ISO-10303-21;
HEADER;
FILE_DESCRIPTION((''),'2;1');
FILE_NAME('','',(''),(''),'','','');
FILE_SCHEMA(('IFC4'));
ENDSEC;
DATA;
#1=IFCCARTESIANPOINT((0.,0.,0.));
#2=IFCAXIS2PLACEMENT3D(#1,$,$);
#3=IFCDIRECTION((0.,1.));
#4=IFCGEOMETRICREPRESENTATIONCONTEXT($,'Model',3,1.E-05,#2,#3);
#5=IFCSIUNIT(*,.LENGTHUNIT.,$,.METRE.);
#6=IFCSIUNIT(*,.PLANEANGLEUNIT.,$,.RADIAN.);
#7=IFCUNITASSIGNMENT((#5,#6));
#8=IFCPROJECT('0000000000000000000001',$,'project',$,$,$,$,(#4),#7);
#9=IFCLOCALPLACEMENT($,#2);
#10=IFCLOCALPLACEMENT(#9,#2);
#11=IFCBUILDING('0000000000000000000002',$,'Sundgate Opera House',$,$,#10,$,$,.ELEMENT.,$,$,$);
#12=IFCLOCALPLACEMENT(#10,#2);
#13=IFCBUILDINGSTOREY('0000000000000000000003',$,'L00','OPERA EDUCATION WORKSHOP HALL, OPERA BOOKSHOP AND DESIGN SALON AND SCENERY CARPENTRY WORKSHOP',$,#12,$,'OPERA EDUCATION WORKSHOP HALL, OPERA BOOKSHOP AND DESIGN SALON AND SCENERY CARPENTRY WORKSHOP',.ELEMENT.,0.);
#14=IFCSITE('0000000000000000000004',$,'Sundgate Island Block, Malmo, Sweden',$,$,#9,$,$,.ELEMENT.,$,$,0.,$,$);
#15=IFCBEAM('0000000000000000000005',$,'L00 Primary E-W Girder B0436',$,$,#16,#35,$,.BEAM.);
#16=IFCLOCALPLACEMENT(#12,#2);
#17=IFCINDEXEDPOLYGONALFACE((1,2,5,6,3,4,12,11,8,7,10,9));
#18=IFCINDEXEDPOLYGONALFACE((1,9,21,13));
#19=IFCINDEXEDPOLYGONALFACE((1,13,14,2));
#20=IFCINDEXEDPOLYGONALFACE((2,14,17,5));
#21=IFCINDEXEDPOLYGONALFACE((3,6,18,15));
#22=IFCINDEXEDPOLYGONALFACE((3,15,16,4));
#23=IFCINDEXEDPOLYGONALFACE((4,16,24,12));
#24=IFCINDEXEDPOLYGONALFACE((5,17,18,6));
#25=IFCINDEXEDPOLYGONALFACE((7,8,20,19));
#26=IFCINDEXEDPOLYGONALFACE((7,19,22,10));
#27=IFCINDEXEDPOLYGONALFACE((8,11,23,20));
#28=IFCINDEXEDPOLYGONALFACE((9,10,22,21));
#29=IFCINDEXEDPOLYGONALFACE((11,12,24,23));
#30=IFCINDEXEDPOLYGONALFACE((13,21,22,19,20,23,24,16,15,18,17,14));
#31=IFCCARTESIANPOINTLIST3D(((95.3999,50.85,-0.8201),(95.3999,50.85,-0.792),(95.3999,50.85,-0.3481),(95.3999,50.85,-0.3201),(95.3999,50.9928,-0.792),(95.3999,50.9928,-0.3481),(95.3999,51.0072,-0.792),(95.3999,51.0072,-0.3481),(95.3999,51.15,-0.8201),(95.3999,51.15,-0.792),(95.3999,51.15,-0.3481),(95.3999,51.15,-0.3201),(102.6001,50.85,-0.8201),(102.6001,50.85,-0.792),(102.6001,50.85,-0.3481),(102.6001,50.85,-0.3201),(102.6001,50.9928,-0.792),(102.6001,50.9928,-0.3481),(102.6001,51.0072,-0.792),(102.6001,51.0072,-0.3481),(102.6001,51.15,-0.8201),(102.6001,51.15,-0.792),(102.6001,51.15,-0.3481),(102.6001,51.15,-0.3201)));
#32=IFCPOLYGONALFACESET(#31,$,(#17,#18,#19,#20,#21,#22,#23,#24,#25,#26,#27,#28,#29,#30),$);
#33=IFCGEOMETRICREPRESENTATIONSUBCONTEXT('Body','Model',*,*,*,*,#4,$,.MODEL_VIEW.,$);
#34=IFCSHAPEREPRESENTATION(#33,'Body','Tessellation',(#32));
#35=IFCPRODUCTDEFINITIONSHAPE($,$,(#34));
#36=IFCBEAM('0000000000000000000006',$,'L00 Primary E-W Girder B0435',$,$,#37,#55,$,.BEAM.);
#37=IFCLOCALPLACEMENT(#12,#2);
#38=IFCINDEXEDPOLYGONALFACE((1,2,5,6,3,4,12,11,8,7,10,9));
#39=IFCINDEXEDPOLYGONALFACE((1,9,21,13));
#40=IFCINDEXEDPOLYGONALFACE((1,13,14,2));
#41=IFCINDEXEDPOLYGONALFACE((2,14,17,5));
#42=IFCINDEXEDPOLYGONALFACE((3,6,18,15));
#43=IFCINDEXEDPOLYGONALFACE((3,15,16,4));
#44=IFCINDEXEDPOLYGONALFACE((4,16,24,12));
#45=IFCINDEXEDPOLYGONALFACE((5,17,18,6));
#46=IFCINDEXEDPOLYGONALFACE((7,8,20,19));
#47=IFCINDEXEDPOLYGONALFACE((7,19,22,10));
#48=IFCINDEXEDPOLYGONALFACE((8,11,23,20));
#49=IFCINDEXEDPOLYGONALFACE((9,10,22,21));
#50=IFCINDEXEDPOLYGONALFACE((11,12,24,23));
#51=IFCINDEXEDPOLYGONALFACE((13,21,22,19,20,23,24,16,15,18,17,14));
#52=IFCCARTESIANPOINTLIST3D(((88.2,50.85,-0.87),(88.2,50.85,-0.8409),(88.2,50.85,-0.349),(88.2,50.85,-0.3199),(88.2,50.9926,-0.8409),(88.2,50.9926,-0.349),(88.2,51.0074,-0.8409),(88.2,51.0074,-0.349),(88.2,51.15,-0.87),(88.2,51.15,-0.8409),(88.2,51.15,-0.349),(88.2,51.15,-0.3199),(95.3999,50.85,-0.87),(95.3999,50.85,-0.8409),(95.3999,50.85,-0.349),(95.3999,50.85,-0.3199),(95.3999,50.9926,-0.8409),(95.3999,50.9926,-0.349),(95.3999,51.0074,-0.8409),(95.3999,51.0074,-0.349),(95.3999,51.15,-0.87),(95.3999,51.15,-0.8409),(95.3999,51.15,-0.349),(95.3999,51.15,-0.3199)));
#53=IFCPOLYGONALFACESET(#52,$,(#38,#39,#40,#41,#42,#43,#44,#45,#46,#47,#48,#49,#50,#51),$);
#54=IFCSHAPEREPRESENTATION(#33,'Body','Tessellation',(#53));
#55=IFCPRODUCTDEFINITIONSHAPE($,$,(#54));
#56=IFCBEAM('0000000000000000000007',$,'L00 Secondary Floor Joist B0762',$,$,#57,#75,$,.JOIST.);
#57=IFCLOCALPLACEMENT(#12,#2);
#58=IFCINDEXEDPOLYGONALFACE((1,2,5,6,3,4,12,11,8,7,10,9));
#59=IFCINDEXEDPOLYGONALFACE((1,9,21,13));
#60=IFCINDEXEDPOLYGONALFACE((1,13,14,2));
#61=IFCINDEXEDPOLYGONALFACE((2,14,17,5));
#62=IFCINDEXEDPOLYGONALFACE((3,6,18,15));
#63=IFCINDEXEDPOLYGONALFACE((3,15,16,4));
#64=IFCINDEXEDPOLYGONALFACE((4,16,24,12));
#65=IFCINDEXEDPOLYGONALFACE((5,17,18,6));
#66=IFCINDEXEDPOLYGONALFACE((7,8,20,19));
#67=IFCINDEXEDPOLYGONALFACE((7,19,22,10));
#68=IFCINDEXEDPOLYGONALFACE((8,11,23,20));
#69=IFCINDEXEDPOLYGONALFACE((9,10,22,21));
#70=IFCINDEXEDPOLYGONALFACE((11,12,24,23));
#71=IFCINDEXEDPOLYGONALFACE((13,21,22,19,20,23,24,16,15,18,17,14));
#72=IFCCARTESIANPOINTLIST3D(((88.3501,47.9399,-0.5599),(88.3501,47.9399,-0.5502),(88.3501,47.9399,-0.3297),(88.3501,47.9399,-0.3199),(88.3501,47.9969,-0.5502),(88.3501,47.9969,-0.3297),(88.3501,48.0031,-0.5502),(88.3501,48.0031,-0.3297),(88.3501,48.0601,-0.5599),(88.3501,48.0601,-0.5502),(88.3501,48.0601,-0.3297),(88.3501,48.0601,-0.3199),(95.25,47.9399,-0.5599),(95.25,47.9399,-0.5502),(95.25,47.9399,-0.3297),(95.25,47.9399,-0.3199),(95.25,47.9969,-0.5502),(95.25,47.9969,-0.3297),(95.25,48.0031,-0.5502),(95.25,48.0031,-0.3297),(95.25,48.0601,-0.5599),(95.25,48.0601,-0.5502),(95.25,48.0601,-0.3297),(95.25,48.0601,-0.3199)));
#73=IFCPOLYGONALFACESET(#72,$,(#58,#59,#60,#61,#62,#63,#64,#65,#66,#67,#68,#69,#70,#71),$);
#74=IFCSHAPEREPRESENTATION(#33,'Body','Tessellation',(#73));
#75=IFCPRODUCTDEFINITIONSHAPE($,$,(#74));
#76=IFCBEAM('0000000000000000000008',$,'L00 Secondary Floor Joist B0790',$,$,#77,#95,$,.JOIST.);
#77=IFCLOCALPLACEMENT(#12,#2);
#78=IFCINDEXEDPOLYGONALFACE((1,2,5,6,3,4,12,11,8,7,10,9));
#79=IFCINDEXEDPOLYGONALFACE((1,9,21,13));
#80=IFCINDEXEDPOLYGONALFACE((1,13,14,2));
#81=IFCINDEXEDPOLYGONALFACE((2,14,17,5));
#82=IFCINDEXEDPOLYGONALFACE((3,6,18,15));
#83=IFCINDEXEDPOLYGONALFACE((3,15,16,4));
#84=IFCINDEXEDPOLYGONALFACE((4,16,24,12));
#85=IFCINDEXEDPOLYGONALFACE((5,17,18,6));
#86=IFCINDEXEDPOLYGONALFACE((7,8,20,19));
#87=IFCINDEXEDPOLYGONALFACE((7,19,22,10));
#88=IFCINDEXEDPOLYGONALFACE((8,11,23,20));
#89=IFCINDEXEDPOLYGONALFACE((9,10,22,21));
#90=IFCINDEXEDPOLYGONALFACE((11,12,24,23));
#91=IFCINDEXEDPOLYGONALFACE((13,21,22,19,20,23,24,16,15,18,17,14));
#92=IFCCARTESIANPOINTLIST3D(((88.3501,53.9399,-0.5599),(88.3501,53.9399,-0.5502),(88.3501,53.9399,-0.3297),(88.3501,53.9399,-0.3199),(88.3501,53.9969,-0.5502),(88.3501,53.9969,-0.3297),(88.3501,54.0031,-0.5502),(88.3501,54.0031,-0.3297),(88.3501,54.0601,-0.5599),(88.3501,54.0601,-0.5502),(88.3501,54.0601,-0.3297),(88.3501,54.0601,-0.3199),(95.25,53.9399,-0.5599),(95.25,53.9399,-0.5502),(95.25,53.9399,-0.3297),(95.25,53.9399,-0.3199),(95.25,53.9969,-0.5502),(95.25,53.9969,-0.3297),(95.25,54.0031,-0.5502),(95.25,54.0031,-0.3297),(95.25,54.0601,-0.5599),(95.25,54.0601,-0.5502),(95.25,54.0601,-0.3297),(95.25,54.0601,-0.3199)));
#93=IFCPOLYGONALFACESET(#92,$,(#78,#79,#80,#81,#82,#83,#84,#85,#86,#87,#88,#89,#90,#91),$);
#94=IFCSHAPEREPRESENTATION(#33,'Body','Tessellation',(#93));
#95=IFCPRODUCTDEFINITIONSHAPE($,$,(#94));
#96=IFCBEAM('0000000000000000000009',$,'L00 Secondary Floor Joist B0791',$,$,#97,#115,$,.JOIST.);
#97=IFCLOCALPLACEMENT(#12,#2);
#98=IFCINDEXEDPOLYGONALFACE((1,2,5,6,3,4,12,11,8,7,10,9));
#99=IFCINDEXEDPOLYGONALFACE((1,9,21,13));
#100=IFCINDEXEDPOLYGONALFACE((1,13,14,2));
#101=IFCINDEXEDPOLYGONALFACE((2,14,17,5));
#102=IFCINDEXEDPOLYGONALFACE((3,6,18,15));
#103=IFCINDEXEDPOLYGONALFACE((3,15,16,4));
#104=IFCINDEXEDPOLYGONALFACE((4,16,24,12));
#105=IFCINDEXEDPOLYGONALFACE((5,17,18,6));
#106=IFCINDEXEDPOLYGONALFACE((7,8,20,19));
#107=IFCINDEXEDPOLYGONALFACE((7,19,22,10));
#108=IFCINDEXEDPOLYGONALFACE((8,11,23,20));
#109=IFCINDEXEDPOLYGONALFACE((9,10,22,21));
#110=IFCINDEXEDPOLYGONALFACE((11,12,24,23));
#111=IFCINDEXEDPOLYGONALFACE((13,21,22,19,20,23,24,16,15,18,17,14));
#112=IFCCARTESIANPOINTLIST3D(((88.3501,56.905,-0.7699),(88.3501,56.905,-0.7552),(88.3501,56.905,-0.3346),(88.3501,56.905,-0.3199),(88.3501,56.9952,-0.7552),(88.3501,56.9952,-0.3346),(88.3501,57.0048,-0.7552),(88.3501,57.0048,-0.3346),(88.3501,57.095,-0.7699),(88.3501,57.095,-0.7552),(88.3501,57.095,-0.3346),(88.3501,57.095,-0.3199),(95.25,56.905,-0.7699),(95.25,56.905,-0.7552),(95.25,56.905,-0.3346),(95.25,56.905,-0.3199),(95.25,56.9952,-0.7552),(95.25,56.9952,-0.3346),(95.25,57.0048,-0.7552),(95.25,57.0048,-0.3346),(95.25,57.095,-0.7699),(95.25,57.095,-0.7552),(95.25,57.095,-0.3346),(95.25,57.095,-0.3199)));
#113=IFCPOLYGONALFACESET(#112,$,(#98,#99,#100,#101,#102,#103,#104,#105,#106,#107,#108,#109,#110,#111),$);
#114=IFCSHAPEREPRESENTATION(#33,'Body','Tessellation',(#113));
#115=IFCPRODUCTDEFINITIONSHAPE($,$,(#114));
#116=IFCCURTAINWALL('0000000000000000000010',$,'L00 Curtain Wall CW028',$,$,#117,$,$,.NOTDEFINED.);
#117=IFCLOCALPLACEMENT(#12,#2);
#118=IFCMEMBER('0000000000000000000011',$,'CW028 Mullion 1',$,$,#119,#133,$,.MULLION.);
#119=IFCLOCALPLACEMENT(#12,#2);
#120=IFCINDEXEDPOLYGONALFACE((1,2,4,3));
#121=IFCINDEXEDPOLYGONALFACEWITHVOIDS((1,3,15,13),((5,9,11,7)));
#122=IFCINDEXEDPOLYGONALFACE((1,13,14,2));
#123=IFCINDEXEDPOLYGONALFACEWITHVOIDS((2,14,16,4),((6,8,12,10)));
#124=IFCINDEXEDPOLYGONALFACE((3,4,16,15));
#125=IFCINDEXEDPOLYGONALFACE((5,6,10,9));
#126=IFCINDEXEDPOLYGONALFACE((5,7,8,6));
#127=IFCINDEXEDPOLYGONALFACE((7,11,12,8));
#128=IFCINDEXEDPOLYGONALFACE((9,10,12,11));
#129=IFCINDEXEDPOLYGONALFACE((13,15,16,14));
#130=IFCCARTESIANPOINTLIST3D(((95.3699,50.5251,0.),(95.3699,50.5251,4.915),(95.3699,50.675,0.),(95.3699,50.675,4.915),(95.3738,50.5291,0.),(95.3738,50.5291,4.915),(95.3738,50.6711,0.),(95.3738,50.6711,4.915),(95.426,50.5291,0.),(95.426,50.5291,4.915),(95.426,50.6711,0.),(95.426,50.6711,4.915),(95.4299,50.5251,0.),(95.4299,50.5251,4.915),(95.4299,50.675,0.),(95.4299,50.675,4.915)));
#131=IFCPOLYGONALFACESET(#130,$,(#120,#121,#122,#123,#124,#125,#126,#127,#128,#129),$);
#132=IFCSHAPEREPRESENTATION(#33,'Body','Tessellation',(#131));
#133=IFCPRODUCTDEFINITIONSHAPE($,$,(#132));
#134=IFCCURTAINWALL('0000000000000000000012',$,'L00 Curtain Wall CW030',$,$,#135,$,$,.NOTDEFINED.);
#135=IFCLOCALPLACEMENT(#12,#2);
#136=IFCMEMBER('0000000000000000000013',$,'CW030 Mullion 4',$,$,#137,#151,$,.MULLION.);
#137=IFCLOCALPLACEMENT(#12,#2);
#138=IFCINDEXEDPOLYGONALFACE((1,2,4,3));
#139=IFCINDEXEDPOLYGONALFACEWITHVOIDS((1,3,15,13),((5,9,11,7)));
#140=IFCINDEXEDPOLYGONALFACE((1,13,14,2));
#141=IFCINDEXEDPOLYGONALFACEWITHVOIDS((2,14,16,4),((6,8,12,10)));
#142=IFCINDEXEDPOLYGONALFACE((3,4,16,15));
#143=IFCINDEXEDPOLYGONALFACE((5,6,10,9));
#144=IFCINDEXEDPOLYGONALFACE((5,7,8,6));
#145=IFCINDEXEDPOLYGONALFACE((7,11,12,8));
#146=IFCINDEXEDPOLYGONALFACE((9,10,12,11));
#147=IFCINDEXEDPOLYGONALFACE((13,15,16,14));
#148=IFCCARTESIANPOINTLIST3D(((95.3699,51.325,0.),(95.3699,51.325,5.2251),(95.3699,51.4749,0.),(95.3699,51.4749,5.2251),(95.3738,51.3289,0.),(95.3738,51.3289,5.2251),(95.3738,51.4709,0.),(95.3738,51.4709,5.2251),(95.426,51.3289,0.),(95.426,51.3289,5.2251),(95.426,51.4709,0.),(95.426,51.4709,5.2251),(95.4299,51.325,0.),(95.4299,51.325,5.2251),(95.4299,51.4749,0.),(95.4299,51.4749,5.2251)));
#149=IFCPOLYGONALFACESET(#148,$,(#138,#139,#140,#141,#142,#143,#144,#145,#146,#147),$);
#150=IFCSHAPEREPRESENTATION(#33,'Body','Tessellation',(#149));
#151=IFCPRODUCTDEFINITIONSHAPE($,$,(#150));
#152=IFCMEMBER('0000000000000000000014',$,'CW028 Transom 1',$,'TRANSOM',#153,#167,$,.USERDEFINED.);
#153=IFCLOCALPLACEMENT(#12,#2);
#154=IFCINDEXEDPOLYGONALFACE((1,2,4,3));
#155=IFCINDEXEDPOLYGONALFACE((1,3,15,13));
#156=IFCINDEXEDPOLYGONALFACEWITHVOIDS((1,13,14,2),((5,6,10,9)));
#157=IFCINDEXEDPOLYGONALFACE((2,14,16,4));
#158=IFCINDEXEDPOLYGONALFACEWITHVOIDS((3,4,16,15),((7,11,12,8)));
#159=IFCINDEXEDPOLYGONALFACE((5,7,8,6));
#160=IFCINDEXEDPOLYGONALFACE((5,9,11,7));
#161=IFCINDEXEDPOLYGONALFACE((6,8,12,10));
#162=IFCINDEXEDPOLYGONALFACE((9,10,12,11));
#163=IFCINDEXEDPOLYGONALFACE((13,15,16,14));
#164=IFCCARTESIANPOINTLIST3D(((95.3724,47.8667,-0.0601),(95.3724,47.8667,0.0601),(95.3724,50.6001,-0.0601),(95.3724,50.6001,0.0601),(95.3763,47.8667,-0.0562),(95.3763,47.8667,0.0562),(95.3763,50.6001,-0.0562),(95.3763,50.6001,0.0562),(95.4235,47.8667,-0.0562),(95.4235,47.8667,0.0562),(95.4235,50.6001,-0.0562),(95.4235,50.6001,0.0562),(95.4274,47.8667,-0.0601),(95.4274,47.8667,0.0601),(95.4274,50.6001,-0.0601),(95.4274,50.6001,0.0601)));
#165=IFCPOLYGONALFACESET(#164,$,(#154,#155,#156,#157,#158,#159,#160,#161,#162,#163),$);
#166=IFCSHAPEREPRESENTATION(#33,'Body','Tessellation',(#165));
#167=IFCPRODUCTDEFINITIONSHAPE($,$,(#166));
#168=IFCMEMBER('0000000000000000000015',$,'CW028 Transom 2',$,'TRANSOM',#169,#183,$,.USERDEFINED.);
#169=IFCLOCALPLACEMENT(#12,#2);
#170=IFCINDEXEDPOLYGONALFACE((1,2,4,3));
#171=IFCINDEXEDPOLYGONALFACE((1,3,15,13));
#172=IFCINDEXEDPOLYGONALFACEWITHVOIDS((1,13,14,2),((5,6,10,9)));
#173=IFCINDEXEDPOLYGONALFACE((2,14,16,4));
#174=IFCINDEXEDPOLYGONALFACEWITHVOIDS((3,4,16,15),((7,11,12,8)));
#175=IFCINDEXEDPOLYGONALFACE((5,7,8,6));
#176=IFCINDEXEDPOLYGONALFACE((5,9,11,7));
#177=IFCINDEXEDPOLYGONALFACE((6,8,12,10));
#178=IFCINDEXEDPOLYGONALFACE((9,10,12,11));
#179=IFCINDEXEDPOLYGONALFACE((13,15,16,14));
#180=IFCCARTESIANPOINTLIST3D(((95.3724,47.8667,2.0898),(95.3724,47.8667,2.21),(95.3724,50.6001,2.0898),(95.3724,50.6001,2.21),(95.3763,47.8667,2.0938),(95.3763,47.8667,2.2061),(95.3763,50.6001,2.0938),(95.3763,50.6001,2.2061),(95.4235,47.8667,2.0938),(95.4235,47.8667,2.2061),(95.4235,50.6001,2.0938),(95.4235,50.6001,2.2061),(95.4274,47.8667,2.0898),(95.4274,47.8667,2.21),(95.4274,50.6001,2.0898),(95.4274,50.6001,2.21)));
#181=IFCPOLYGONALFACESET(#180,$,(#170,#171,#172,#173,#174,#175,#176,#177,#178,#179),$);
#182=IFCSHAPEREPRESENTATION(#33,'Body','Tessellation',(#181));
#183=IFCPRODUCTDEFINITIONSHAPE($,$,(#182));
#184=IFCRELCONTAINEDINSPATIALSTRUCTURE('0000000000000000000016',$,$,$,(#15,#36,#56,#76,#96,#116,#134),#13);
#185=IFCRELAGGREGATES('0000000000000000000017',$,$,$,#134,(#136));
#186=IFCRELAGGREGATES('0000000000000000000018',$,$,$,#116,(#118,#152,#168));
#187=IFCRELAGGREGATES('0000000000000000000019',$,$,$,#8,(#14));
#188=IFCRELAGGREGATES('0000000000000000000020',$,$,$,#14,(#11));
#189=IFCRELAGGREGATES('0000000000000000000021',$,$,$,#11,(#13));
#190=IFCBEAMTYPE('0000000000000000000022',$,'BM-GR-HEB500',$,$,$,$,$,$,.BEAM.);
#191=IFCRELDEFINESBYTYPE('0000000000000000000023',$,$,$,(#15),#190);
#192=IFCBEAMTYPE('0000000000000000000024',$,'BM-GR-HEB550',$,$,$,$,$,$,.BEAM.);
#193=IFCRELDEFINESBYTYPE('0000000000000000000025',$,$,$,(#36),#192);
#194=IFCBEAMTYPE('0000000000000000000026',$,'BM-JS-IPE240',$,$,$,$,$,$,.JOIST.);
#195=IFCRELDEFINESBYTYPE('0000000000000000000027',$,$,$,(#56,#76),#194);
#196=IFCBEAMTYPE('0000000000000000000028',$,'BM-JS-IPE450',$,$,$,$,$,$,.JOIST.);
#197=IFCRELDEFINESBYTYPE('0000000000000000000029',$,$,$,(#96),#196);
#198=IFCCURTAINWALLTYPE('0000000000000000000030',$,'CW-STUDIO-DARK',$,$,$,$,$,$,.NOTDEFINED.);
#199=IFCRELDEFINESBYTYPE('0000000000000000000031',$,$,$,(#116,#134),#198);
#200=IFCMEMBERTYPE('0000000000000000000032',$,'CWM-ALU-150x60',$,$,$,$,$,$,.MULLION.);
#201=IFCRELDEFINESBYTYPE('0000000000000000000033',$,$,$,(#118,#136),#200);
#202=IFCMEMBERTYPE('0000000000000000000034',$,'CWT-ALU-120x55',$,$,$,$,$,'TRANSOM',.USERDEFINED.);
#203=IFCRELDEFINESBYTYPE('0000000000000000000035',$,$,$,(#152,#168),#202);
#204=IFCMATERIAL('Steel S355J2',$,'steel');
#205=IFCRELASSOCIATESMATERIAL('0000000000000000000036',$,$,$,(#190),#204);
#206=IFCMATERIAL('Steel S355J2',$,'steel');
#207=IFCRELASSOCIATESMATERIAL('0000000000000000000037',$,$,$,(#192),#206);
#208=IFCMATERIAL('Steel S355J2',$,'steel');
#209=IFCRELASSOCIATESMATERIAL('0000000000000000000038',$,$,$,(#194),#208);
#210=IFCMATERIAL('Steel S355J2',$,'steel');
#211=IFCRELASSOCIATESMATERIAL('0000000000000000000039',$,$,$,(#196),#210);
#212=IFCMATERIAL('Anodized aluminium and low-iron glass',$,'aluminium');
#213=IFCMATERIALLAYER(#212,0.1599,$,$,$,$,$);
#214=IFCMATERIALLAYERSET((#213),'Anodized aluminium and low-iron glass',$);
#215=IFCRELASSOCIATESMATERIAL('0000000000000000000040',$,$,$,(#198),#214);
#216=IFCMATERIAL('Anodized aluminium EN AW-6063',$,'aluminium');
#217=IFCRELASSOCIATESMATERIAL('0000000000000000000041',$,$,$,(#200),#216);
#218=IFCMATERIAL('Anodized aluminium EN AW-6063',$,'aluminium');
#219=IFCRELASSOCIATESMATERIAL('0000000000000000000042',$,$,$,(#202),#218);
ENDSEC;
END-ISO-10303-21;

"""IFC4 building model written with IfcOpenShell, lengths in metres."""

from ifc_helpers import new_model, si_unit, direction, frame, origin, origin_2d, place, context, subcontext, project, spatial, hollow_rectangle, i_section, extrude, material, layer, layer_set, material_profile, profile_set, type_object, element, aggregate, save


model = new_model("IFC4")

# Units and contexts
model_context = context("Model", 3, precision=1e-05, world=origin(), true_north=direction((0.0, 1.0)))
body_context = subcontext(model_context, "Body", "Model", "MODEL_VIEW")
ifc_project = project(units=[si_unit("LENGTHUNIT", "METRE"), si_unit("PLANEANGLEUNIT", "RADIAN")], contexts=[model_context])

# Site, building, storey
site_placement = place(None, origin())
site = spatial("IfcSite", under=ifc_project, at=site_placement, Name="Sundgate Island Block, Malmo, Sweden", CompositionType="ELEMENT", RefElevation=0.0)
building_placement = place(site_placement, origin())
building = spatial("IfcBuilding", under=site, at=building_placement, Name="Sundgate Opera House", CompositionType="ELEMENT")
storey_placement = place(building_placement, origin())
storey = spatial("IfcBuildingStorey", under=building, at=storey_placement, Name="L00", Description="OPERA EDUCATION WORKSHOP HALL, OPERA BOOKSHOP AND DESIGN SALON AND SCENERY CARPENTRY WORKSHOP", LongName="OPERA EDUCATION WORKSHOP HALL, OPERA BOOKSHOP AND DESIGN SALON AND SCENERY CARPENTRY WORKSHOP", CompositionType="ELEMENT", Elevation=0.0)

# Beams
ifc_material_1 = material(Name="Steel S355J2", Category="steel")
ifc_material_profile_1 = material_profile(ifc_material_1, i_section(OverallWidth=0.3, OverallDepth=0.5, WebThickness=0.0144, FlangeThickness=0.0281, at=origin_2d()), Name="HEB 500")
ifc_profile_set_1 = profile_set([ifc_material_profile_1], Name="Steel S355J2")
beam_type_1 = type_object("IfcBeamType", Name="BM-GR-HEB500", PredefinedType="BEAM", material=ifc_profile_set_1)
beam_1_placement = place(storey_placement, frame((95.3999, 51.0, -0.5701), z_axis=(1.0, 0.0, 0.0), x_axis=(0.0, 1.0, 0.0)))
element("IfcBeam", 1, at=beam_1_placement, inside=storey, type_object=beam_type_1, Name="L00 Primary E-W Girder B0436", PredefinedType="BEAM", context=body_context, shape_type="SweptSolid", body=[
    extrude(i_section(OverallWidth=0.3, OverallDepth=0.5, WebThickness=0.0144, FlangeThickness=0.0281, at=origin_2d()), origin(), (0.0, 0.0, 1.0), 7.2002),
])
ifc_material_2 = material(Name="Steel S355J2", Category="steel")
ifc_material_profile_2 = material_profile(ifc_material_2, i_section(OverallWidth=0.3, OverallDepth=0.55, WebThickness=0.0149, FlangeThickness=0.0291, at=origin_2d()), Name="HEB 550")
ifc_profile_set_2 = profile_set([ifc_material_profile_2], Name="Steel S355J2")
beam_type_2 = type_object("IfcBeamType", Name="BM-GR-HEB550", PredefinedType="BEAM", material=ifc_profile_set_2)
beam_2_placement = place(storey_placement, frame((88.2, 51.0, -0.595), z_axis=(1.0, 0.0, 0.0), x_axis=(0.0, 1.0, 0.0)))
element("IfcBeam", 2, at=beam_2_placement, inside=storey, type_object=beam_type_2, Name="L00 Primary E-W Girder B0435", PredefinedType="BEAM", context=body_context, shape_type="SweptSolid", body=[
    extrude(i_section(OverallWidth=0.3, OverallDepth=0.55, WebThickness=0.0149, FlangeThickness=0.0291, at=origin_2d()), origin(), (0.0, 0.0, 1.0), 7.2),
])
ifc_material_3 = material(Name="Steel S355J2", Category="steel")
ifc_material_profile_3 = material_profile(ifc_material_3, i_section(OverallWidth=0.1201, OverallDepth=0.24, WebThickness=0.0061, FlangeThickness=0.0098, at=origin_2d()), Name="IPE 240")
ifc_profile_set_3 = profile_set([ifc_material_profile_3], Name="Steel S355J2")
beam_type_3 = type_object("IfcBeamType", Name="BM-JS-IPE240", PredefinedType="JOIST", material=ifc_profile_set_3)
for number, where, z_axis, x_axis, name in (
    (3, (88.3501, 48.0, -0.4399), (1.0, 0.0, 0.0), (0.0, 1.0, 0.0), "L00 Secondary Floor Joist B0762"),
    (4, (88.3501, 54.0, -0.4399), (1.0, 0.0, 0.0), (0.0, 1.0, 0.0), "L00 Secondary Floor Joist B0790"),
):
    element("IfcBeam", number, at=place(storey_placement, frame(where, z_axis=z_axis, x_axis=x_axis)), inside=storey, type_object=beam_type_3, Name=name, PredefinedType="JOIST", context=body_context, shape_type="SweptSolid", body=[
        extrude(i_section(OverallWidth=0.1201, OverallDepth=0.24, WebThickness=0.0061, FlangeThickness=0.0098, at=origin_2d()), origin(), (0.0, 0.0, 1.0), 6.8999),
    ])
ifc_material_4 = material(Name="Steel S355J2", Category="steel")
ifc_material_profile_4 = material_profile(ifc_material_4, i_section(OverallWidth=0.1899, OverallDepth=0.45, WebThickness=0.0095, FlangeThickness=0.0146, at=origin_2d()), Name="IPE 450")
ifc_profile_set_4 = profile_set([ifc_material_profile_4], Name="Steel S355J2")
beam_type_4 = type_object("IfcBeamType", Name="BM-JS-IPE450", PredefinedType="JOIST", material=ifc_profile_set_4)
beam_3_placement = place(storey_placement, frame((88.3501, 57.0, -0.5449), z_axis=(1.0, 0.0, 0.0), x_axis=(0.0, 1.0, 0.0)))
element("IfcBeam", 5, at=beam_3_placement, inside=storey, type_object=beam_type_4, Name="L00 Secondary Floor Joist B0791", PredefinedType="JOIST", context=body_context, shape_type="SweptSolid", body=[
    extrude(i_section(OverallWidth=0.1899, OverallDepth=0.45, WebThickness=0.0095, FlangeThickness=0.0146, at=origin_2d()), origin(), (0.0, 0.0, 1.0), 6.8999),
])

# Curtain walls, members
ifc_material_5 = material(Name="Anodized aluminium and low-iron glass", Category="aluminium")
ifc_layer_1 = layer(ifc_material_5, 0.1599)
ifc_layer_set_1 = layer_set([ifc_layer_1], Name="Anodized aluminium and low-iron glass")
curtain_wall_type = type_object("IfcCurtainWallType", Name="CW-STUDIO-DARK", PredefinedType="NOTDEFINED", material=ifc_layer_set_1)
curtain_wall_1_placement = place(storey_placement, origin())
curtain_wall_1 = element("IfcCurtainWall", 6, at=curtain_wall_1_placement, inside=storey, type_object=curtain_wall_type, Name="L00 Curtain Wall CW028", PredefinedType="NOTDEFINED")
ifc_material_6 = material(Name="Anodized aluminium EN AW-6063", Category="aluminium")
ifc_material_profile_5 = material_profile(ifc_material_6, hollow_rectangle(XDim=0.0601, YDim=0.1499, WallThickness=0.0039, at=origin_2d()), Name="CWM 150x60x4")
ifc_profile_set_5 = profile_set([ifc_material_profile_5], Name="Anodized aluminium EN AW-6063")
member_type_1 = type_object("IfcMemberType", Name="CWM-ALU-150x60", PredefinedType="MULLION", material=ifc_profile_set_5)
member_1_placement = place(storey_placement, frame((95.3999, 50.6001, 0.0), z_axis=(0.0, 0.0, 1.0), x_axis=(1.0, 0.0, 0.0)))
member_1 = element("IfcMember", 7, at=member_1_placement, type_object=member_type_1, Name="CW028 Mullion 1", PredefinedType="MULLION", context=body_context, shape_type="SweptSolid", body=[
    extrude(hollow_rectangle(XDim=0.0601, YDim=0.1499, WallThickness=0.0039, at=origin_2d()), origin(), (0.0, 0.0, 1.0), 4.915),
])
curtain_wall_2_placement = place(storey_placement, origin())
curtain_wall_2 = element("IfcCurtainWall", 8, at=curtain_wall_2_placement, inside=storey, type_object=curtain_wall_type, Name="L00 Curtain Wall CW030", PredefinedType="NOTDEFINED")
member_2_placement = place(storey_placement, frame((95.3999, 51.3999, 0.0), z_axis=(0.0, 0.0, 1.0), x_axis=(1.0, 0.0, 0.0)))
member_2 = element("IfcMember", 9, at=member_2_placement, type_object=member_type_1, Name="CW030 Mullion 4", PredefinedType="MULLION", context=body_context, shape_type="SweptSolid", body=[
    extrude(hollow_rectangle(XDim=0.0601, YDim=0.1499, WallThickness=0.0039, at=origin_2d()), origin(), (0.0, 0.0, 1.0), 5.2251),
])
aggregate(curtain_wall_2, [member_2])

# Members
ifc_material_7 = material(Name="Anodized aluminium EN AW-6063", Category="aluminium")
ifc_material_profile_6 = material_profile(ifc_material_7, hollow_rectangle(XDim=0.0549, YDim=0.1201, WallThickness=0.0039, at=origin_2d()), Name="CWT 120x55x4")
ifc_profile_set_6 = profile_set([ifc_material_profile_6], Name="Anodized aluminium EN AW-6063")
member_type_2 = type_object("IfcMemberType", Name="CWT-ALU-120x55", ElementType="TRANSOM", PredefinedType="USERDEFINED", material=ifc_profile_set_6)
member_3_placement = place(storey_placement, frame((95.3999, 50.6001, 0.0), z_axis=(0.0, -1.0, 0.0), x_axis=(1.0, 0.0, 0.0)))
member_3 = element("IfcMember", 10, at=member_3_placement, type_object=member_type_2, Name="CW028 Transom 1", ObjectType="TRANSOM", PredefinedType="USERDEFINED", context=body_context, shape_type="SweptSolid", body=[
    extrude(hollow_rectangle(XDim=0.0549, YDim=0.1201, WallThickness=0.0039, at=origin_2d()), origin(), (0.0, 0.0, 1.0), 2.7334),
])
member_4_placement = place(storey_placement, frame((95.3999, 50.6001, 2.1499), z_axis=(0.0, -1.0, 0.0), x_axis=(1.0, 0.0, 0.0)))
member_4 = element("IfcMember", 11, at=member_4_placement, type_object=member_type_2, Name="CW028 Transom 2", ObjectType="TRANSOM", PredefinedType="USERDEFINED", context=body_context, shape_type="SweptSolid", body=[
    extrude(hollow_rectangle(XDim=0.0549, YDim=0.1201, WallThickness=0.0039, at=origin_2d()), origin(), (0.0, 0.0, 1.0), 2.7334),
])

aggregate(curtain_wall_1, [member_1, member_3, member_4])

save(model, "model.ifc")
